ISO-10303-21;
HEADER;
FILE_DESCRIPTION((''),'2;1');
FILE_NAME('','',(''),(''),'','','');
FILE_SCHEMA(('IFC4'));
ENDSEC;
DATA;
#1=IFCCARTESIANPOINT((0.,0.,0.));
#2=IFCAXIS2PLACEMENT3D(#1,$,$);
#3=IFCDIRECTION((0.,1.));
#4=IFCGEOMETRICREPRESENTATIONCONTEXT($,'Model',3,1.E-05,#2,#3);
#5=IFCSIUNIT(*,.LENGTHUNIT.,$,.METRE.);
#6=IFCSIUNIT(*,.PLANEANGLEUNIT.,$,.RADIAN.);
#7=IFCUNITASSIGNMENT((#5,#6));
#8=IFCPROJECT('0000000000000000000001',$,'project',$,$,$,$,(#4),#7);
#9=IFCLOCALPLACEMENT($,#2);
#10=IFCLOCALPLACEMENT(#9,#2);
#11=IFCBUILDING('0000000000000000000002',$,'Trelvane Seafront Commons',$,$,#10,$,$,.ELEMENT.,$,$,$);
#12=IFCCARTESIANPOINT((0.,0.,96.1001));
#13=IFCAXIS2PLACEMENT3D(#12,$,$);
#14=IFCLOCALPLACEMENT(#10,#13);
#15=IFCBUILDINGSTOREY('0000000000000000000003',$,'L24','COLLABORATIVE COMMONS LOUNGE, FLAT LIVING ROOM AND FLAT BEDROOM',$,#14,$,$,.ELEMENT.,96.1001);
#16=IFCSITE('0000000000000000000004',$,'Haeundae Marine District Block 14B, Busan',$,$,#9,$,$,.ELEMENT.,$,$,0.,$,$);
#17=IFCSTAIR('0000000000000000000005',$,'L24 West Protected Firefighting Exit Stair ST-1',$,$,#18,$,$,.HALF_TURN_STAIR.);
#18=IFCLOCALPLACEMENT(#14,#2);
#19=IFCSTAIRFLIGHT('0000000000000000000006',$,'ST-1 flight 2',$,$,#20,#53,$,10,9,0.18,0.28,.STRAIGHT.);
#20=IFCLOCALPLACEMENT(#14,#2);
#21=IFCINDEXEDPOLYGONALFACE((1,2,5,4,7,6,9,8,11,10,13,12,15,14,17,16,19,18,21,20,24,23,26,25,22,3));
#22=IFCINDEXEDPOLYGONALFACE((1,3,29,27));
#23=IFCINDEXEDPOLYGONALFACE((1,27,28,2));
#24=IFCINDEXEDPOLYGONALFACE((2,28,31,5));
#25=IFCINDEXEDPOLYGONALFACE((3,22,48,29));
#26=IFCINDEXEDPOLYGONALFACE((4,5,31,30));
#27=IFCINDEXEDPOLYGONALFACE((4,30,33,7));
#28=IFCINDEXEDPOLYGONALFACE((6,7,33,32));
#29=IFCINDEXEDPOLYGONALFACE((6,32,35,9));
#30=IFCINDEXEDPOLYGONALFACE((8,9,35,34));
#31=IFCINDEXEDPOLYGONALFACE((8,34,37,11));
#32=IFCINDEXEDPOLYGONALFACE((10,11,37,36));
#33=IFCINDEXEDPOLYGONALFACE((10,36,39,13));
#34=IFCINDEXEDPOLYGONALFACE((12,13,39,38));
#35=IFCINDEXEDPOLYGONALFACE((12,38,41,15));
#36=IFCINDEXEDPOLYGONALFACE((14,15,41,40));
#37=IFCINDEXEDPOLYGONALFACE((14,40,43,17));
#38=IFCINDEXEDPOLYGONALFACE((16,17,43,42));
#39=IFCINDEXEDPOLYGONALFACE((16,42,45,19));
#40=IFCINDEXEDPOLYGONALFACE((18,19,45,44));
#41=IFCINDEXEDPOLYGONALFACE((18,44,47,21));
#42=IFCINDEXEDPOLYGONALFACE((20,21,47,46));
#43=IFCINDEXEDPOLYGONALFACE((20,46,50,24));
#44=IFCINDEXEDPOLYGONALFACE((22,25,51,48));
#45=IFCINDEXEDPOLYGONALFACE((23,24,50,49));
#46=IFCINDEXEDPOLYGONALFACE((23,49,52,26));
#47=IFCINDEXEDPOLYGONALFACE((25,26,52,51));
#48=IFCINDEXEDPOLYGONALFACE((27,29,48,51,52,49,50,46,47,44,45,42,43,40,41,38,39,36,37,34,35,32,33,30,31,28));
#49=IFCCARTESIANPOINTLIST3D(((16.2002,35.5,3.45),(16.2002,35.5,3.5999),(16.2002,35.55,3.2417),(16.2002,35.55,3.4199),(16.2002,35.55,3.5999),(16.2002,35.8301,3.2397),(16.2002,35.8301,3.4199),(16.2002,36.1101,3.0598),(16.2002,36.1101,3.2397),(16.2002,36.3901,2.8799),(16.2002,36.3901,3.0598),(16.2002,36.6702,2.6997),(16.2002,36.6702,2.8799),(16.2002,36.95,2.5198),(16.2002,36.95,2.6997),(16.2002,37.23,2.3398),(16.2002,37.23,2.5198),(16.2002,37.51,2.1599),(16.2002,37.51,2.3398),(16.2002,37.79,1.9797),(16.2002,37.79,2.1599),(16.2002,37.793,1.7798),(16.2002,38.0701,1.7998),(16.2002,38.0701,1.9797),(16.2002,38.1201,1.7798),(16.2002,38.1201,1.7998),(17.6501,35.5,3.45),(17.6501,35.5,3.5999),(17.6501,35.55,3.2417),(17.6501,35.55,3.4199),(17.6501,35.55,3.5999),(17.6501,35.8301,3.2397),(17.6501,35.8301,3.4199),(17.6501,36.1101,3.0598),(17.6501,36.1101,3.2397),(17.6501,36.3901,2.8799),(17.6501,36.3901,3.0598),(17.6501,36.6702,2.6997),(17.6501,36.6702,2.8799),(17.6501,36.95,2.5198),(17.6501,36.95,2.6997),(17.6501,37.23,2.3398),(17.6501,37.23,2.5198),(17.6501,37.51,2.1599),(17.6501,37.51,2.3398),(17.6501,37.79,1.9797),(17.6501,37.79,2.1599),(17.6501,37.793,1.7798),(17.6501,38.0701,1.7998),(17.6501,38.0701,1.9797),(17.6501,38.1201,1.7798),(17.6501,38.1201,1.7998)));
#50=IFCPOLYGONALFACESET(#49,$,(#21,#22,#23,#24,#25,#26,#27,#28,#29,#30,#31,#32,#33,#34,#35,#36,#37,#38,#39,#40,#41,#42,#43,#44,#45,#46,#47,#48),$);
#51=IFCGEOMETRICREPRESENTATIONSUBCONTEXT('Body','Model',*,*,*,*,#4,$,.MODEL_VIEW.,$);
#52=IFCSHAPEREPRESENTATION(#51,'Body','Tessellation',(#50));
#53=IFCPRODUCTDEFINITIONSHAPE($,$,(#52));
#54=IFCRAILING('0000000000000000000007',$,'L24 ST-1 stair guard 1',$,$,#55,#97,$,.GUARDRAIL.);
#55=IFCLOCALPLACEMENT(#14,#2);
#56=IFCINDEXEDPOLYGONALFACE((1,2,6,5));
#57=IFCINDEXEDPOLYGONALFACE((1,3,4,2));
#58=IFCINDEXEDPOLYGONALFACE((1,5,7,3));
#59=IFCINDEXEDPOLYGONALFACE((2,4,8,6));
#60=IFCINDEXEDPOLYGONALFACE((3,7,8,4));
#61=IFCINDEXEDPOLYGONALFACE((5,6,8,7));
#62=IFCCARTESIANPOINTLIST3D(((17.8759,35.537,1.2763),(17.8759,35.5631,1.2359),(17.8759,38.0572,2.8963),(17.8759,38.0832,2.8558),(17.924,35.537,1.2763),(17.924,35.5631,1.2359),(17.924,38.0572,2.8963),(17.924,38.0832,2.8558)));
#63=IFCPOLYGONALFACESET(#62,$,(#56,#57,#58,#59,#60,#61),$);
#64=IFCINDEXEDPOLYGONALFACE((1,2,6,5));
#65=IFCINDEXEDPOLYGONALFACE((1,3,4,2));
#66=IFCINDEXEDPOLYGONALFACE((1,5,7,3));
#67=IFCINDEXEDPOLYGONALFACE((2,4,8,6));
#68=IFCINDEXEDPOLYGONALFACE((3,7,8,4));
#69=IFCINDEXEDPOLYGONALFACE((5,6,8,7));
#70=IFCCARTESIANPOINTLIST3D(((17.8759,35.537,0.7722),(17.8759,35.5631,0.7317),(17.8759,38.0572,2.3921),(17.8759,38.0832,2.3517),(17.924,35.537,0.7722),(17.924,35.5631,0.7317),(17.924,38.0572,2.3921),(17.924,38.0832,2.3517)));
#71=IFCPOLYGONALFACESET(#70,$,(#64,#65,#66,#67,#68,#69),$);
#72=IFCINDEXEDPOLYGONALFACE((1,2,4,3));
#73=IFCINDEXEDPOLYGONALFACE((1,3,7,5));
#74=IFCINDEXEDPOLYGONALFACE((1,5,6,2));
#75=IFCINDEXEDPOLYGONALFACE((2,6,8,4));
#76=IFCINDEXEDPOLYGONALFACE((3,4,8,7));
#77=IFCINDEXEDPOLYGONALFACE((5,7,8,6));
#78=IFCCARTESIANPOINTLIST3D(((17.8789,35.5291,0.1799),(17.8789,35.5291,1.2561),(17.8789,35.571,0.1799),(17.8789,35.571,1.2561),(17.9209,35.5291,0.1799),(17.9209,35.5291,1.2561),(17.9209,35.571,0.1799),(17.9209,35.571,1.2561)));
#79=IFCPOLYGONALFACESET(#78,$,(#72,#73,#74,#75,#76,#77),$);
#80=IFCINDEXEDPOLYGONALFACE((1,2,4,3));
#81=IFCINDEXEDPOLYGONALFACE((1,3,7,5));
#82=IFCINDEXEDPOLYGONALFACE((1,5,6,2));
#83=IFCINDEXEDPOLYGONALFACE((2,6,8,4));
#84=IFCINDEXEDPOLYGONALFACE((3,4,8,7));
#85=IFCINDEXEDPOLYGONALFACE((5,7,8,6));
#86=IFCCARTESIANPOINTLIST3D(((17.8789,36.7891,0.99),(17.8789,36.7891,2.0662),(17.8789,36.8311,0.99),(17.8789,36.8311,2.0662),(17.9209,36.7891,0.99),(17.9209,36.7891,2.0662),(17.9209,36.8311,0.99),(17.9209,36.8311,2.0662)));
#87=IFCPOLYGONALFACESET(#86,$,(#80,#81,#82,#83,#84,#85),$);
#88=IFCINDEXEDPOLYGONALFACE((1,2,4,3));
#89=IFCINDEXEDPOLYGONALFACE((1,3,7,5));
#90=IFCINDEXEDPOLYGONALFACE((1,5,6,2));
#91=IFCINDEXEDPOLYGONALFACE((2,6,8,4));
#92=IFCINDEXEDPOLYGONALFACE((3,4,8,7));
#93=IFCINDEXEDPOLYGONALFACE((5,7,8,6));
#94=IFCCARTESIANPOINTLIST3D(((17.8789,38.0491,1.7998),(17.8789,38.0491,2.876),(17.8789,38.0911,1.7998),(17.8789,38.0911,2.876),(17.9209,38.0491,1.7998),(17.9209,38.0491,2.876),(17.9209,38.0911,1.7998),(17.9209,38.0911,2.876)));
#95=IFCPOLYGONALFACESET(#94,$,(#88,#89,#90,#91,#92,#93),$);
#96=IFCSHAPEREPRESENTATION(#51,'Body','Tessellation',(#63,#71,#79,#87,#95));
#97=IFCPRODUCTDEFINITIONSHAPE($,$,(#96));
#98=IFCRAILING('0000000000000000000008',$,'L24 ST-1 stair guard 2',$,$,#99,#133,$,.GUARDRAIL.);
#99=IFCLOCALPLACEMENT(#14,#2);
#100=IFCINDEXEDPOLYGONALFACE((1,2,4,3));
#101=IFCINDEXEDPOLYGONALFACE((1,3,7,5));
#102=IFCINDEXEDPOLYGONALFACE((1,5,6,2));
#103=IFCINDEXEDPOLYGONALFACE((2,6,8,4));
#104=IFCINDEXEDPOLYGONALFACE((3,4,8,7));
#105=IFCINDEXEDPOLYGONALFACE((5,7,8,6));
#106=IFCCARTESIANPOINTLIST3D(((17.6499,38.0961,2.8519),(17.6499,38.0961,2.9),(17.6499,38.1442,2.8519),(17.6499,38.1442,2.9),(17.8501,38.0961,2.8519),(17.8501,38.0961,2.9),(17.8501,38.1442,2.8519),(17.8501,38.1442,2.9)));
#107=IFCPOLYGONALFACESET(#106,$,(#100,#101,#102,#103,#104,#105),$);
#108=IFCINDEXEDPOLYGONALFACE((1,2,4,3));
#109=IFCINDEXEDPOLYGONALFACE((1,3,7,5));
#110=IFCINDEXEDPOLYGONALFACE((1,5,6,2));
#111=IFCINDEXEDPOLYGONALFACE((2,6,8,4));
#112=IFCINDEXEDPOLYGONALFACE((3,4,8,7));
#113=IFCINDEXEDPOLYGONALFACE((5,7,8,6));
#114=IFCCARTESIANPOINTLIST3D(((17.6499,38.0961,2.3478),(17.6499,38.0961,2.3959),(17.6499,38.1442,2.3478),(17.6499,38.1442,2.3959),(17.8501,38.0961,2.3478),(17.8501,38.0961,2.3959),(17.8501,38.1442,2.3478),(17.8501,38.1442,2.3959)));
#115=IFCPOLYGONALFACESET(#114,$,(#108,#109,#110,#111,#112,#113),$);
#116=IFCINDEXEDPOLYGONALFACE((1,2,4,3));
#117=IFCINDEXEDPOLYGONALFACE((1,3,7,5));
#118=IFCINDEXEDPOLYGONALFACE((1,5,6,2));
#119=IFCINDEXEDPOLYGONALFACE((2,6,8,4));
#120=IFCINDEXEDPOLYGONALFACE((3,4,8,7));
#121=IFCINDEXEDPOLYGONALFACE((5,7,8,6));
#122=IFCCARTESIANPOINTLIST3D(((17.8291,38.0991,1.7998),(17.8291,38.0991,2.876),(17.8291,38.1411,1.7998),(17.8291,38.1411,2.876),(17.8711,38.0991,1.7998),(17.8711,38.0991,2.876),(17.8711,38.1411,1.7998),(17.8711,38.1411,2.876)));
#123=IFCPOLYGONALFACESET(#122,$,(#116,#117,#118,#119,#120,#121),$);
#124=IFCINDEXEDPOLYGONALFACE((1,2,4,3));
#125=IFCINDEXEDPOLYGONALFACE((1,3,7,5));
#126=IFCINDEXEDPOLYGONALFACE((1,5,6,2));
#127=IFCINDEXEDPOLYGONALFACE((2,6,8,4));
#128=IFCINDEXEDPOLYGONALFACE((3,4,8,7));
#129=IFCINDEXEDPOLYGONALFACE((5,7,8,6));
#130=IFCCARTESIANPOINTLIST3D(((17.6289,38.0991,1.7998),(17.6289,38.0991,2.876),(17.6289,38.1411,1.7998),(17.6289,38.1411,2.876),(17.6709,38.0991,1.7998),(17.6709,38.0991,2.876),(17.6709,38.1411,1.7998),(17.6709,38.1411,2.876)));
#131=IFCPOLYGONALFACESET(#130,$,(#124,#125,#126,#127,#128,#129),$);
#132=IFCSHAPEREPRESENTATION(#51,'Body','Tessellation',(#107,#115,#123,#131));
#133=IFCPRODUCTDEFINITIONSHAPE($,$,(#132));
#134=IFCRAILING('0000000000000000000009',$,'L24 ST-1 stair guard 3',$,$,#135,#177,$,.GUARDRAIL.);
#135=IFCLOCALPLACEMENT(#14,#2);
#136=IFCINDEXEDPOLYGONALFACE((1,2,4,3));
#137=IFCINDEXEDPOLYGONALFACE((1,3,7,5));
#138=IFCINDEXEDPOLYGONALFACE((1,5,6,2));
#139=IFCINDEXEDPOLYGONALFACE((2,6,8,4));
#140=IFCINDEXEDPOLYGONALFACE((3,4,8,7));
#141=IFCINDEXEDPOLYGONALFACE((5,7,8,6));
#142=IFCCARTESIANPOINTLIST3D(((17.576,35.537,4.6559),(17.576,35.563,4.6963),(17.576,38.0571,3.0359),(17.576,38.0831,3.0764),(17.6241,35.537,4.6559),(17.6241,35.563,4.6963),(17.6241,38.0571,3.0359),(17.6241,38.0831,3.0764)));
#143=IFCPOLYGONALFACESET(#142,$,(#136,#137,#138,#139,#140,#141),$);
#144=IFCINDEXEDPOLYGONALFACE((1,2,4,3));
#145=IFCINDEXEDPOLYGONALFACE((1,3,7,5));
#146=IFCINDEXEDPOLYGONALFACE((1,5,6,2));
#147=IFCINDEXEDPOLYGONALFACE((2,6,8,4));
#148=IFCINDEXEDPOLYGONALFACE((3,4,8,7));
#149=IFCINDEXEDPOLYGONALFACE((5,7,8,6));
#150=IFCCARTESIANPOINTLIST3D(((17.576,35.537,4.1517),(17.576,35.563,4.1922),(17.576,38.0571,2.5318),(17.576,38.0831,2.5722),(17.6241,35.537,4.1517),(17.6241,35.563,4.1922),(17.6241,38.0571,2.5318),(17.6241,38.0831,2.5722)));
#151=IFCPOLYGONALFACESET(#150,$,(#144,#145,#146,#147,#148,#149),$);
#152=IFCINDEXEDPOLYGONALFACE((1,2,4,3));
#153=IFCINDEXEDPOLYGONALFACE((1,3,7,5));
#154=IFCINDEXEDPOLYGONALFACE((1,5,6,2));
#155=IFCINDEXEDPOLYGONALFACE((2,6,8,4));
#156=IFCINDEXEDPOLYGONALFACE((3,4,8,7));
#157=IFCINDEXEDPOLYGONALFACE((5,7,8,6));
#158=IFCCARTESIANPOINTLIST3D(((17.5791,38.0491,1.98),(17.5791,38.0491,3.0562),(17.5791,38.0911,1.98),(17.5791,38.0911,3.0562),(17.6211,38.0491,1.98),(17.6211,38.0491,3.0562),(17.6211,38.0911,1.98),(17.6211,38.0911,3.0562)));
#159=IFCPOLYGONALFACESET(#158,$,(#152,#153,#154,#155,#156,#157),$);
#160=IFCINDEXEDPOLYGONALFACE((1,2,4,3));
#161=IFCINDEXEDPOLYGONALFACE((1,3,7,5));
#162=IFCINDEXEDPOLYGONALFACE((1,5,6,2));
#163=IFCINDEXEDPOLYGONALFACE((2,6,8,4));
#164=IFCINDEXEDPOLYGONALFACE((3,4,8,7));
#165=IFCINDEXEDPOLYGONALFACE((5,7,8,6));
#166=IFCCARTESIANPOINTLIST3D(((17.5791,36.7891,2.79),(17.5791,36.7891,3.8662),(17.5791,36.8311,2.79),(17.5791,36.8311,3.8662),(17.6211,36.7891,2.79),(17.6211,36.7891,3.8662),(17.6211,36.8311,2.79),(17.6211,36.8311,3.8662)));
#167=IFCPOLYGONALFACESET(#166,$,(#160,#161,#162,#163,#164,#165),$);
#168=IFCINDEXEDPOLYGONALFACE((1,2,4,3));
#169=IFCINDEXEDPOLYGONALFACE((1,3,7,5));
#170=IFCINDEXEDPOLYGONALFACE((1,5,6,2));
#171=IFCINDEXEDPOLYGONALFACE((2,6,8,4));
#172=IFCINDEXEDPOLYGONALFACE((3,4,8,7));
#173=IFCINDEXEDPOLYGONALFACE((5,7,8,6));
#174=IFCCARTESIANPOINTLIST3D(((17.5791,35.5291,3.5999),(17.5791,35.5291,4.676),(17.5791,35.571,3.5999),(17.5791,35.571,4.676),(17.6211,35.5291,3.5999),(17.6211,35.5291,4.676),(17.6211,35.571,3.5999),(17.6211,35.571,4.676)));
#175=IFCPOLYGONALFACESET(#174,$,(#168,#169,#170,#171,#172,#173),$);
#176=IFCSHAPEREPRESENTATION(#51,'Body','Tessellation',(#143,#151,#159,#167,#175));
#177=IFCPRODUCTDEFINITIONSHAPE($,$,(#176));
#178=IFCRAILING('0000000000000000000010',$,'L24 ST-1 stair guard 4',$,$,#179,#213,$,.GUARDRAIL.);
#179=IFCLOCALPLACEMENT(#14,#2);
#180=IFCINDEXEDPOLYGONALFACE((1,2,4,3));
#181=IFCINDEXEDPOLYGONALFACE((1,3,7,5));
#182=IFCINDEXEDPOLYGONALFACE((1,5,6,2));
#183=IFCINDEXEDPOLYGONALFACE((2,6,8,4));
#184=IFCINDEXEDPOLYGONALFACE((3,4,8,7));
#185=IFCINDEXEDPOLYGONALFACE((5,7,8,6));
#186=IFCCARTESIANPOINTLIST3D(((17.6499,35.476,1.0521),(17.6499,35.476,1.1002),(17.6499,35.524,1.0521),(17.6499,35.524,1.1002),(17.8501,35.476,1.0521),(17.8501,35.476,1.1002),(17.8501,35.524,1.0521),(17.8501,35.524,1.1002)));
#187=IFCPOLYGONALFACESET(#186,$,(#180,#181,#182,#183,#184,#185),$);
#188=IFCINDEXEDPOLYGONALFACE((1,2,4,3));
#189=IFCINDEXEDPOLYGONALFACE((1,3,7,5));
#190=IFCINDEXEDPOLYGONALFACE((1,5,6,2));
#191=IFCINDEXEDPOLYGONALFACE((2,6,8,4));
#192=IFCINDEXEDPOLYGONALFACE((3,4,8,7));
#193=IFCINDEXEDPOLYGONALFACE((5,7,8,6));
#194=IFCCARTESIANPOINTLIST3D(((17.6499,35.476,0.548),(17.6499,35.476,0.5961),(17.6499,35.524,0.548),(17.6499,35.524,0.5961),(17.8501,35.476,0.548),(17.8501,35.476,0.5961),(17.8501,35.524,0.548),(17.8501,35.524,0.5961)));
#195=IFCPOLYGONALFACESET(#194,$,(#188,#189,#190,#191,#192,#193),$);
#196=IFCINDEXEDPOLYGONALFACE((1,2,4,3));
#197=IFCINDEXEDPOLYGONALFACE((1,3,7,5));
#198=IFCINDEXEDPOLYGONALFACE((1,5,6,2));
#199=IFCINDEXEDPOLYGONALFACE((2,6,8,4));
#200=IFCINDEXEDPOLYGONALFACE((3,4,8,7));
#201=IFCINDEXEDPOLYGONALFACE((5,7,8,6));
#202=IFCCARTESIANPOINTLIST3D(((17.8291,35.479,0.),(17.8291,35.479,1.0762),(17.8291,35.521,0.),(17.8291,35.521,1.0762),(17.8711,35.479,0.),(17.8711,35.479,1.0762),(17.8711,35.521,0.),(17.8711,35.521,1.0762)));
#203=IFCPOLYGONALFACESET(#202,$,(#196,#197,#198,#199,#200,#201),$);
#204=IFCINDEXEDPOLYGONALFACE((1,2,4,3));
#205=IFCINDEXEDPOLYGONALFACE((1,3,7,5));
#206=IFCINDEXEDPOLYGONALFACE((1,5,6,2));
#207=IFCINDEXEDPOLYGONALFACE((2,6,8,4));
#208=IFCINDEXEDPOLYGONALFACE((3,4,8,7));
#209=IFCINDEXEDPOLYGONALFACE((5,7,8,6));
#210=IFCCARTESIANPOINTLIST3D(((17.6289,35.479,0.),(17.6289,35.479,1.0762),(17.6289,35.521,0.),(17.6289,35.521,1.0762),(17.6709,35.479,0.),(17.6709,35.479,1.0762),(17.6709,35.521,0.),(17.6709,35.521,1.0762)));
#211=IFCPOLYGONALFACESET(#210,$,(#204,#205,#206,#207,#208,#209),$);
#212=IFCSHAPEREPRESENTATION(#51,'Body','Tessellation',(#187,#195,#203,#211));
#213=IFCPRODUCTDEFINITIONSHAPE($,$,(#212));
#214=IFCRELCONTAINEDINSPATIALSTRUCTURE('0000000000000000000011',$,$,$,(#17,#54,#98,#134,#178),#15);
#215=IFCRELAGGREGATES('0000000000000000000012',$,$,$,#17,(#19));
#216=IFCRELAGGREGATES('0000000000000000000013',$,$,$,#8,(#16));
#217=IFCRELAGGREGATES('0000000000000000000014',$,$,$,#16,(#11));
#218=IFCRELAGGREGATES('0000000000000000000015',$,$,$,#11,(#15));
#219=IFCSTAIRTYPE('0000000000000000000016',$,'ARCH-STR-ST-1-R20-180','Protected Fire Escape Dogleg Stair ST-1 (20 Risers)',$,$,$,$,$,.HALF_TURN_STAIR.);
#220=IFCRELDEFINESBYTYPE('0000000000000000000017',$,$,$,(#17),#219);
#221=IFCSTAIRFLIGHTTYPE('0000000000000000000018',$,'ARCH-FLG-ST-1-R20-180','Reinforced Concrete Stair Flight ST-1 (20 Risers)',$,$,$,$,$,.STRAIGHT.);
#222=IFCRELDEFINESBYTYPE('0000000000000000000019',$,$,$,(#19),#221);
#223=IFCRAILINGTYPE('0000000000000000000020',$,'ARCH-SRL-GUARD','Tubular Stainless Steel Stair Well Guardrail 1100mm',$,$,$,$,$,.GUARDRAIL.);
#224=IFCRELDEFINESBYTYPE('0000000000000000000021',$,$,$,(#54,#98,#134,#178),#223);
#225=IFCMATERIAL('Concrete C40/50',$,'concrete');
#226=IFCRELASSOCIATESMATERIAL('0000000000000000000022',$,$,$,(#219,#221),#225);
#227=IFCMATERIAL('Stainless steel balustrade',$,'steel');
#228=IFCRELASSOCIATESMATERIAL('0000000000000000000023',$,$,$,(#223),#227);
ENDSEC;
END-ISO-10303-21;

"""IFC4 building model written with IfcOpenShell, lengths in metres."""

from ifc_helpers import new_model, si_unit, direction, frame, origin, origin_2d, place, context, subcontext, project, spatial, polyline, rectangle, outline, extrude, source, transform, mapped, material, type_object, element, aggregate, save


model = new_model("IFC4")

# Units and contexts
model_context = context("Model", 3, precision=1e-05, world=origin(), true_north=direction((0.0, 1.0)))
body_context = subcontext(model_context, "Body", "Model", "MODEL_VIEW")
ifc_project = project(units=[si_unit("LENGTHUNIT", "METRE"), si_unit("PLANEANGLEUNIT", "RADIAN")], contexts=[model_context])

# Site, building, storey
site_placement = place(None, origin())
site = spatial("IfcSite", under=ifc_project, at=site_placement, Name="Haeundae Marine District Block 14B, Busan", CompositionType="ELEMENT", RefElevation=0.0)
building_placement = place(site_placement, origin())
building = spatial("IfcBuilding", under=site, at=building_placement, Name="Trelvane Seafront Commons", CompositionType="ELEMENT")
storey_placement = place(building_placement, frame((0.0, 0.0, 96.1001)))
storey = spatial("IfcBuildingStorey", under=building, at=storey_placement, Name="L24", Description="COLLABORATIVE COMMONS LOUNGE, FLAT LIVING ROOM AND FLAT BEDROOM", CompositionType="ELEMENT", Elevation=96.1001)

# Shared definitions
ifc_material_1 = material(Name="Concrete C40/50", Category="concrete")

# Shared definitions
ifc_material_2 = material(Name="Stainless steel balustrade", Category="steel")

# Stair, stair flight
stair_type = type_object("IfcStairType", Name="ARCH-STR-ST-1-R20-180", Description="Protected Fire Escape Dogleg Stair ST-1 (20 Risers)", PredefinedType="HALF_TURN_STAIR", material=ifc_material_1)
stair_placement = place(storey_placement, origin())
stair = element("IfcStair", 1, at=stair_placement, inside=storey, type_object=stair_type, Name="L24 West Protected Firefighting Exit Stair ST-1", PredefinedType="HALF_TURN_STAIR")
stair_flight_type = type_object("IfcStairFlightType", Name="ARCH-FLG-ST-1-R20-180", Description="Reinforced Concrete Stair Flight ST-1 (20 Risers)", PredefinedType="STRAIGHT", material=ifc_material_1)
shared_shape_1 = source(origin(), body_context, "Body", "SweptSolid", [
    extrude(outline(polyline([(-0.05, -0.02), (-0.05, 0.0), (0.0, 0.0), (0.0, 0.1799), (0.28, 0.1799), (0.28, 0.3601), (0.5601, 0.3601), (0.5601, 0.54), (0.8401, 0.54), (0.8401, 0.72), (1.1201, 0.72), (1.1201, 0.8999), (1.3999, 0.8999), (1.3999, 1.0801), (1.6799, 1.0801), (1.6799, 1.26), (1.96, 1.26), (1.96, 1.4399), (2.24, 1.4399), (2.24, 1.6201), (2.52, 1.6201), (2.52, 1.8), (2.5701, 1.8), (2.5701, 1.6501), (2.52, 1.4419), (0.2771, -0.02), (-0.05, -0.02)])), frame((0.0, 0.7251, 0.0), z_axis=(0.0, -1.0, 0.0), x_axis=(1.0, 0.0, 0.0)), (0.0, 0.0, 1.0), 1.45),
])
stair_flight_1_placement = place(storey_placement, frame((16.925, 38.0701, 1.7998), z_axis=(0.0, 0.0, 1.0), x_axis=(0.0, -1.0, 0.0)))
stair_flight_1 = element("IfcStairFlight", 2, at=stair_flight_1_placement, type_object=stair_flight_type, Name="ST-1 flight 2", NumberOfRisers=10, NumberOfTreads=9, PredefinedType="STRAIGHT", RiserHeight=0.18, TreadLength=0.28, context=body_context, shape_type="MappedRepresentation", body=[
    mapped(shared_shape_1, transform((0.0, 0.0, 0.0), x_axis=(1.0, 0.0, 0.0), y_axis=(0.0, 1.0, 0.0), z_axis=(0.0, 0.0, 1.0), scale=1.0)),
])
aggregate(stair, [stair_flight_1])

# Railings
railing_type_1 = type_object("IfcRailingType", Name="ARCH-SRL-GUARD", Description="Tubular Stainless Steel Stair Well Guardrail 1100mm", PredefinedType="GUARDRAIL", material=ifc_material_2)
railing_1_placement = place(storey_placement, frame((17.8999, 35.55, 0.1799)))
element("IfcRailing", 3, at=railing_1_placement, inside=storey, type_object=railing_type_1, Name="L24 ST-1 stair guard 1", PredefinedType="GUARDRAIL", context=body_context, shape_type="SweptSolid", body=[
    extrude(rectangle(XDim=0.0481, YDim=0.0481, at=origin_2d()), frame((0.0, 0.0, 1.0762), z_axis=(0.0, 0.8412, 0.540725), x_axis=(-1.0, 0.0, 0.0)), (0.0, 0.0, 1.0), 2.9958),
    extrude(rectangle(XDim=0.0481, YDim=0.0481, at=origin_2d()), frame((0.0, 0.0, 0.572), z_axis=(0.0, 0.8412, 0.540725), x_axis=(-1.0, 0.0, 0.0)), (0.0, 0.0, 1.0), 2.9958),
    extrude(rectangle(XDim=0.042, YDim=0.042, at=origin_2d()), origin(), (0.0, 0.0, 1.0), 1.0762),
    extrude(rectangle(XDim=0.042, YDim=0.042, at=origin_2d()), frame((0.0, 1.26, 0.8101)), (0.0, 0.0, 1.0), 1.0762),
    extrude(rectangle(XDim=0.042, YDim=0.042, at=origin_2d()), frame((0.0, 2.52, 1.6199)), (0.0, 0.0, 1.0), 1.0762),
])
railing_2_placement = place(storey_placement, frame((17.8501, 38.1201, 1.7998)))
element("IfcRailing", 4, at=railing_2_placement, inside=storey, type_object=railing_type_1, Name="L24 ST-1 stair guard 2", PredefinedType="GUARDRAIL", context=body_context, shape_type="SweptSolid", body=[
    extrude(rectangle(XDim=0.0481, YDim=0.0481, at=origin_2d()), frame((0.0, 0.0, 1.0762), z_axis=(-1.0, 0.0, 0.0), x_axis=(0.0, -1.0, 0.0)), (0.0, 0.0, 1.0), 0.2002),
    extrude(rectangle(XDim=0.0481, YDim=0.0481, at=origin_2d()), frame((0.0, 0.0, 0.572), z_axis=(-1.0, 0.0, 0.0), x_axis=(0.0, -1.0, 0.0)), (0.0, 0.0, 1.0), 0.2002),
    extrude(rectangle(XDim=0.042, YDim=0.042, at=origin_2d()), origin(), (0.0, 0.0, 1.0), 1.0762),
    extrude(rectangle(XDim=0.042, YDim=0.042, at=origin_2d()), frame((-0.2002, 0.0, 0.0)), (0.0, 0.0, 1.0), 1.0762),
])
railing_3_placement = place(storey_placement, frame((17.6001, 38.0701, 1.98)))
element("IfcRailing", 5, at=railing_3_placement, inside=storey, type_object=railing_type_1, Name="L24 ST-1 stair guard 3", PredefinedType="GUARDRAIL", context=body_context, shape_type="SweptSolid", body=[
    extrude(rectangle(XDim=0.0481, YDim=0.0481, at=origin_2d()), frame((0.0, 0.0, 1.0762), z_axis=(0.0, -0.8412, 0.540725), x_axis=(1.0, 0.0, 0.0)), (0.0, 0.0, 1.0), 2.9958),
    extrude(rectangle(XDim=0.0481, YDim=0.0481, at=origin_2d()), frame((0.0, 0.0, 0.572), z_axis=(0.0, -0.8412, 0.540725), x_axis=(1.0, 0.0, 0.0)), (0.0, 0.0, 1.0), 2.9958),
    extrude(rectangle(XDim=0.042, YDim=0.042, at=origin_2d()), origin(), (0.0, 0.0, 1.0), 1.0762),
    extrude(rectangle(XDim=0.042, YDim=0.042, at=origin_2d()), frame((0.0, -1.26, 0.8101)), (0.0, 0.0, 1.0), 1.0762),
    extrude(rectangle(XDim=0.042, YDim=0.042, at=origin_2d()), frame((0.0, -2.52, 1.6199)), (0.0, 0.0, 1.0), 1.0762),
])
railing_4_placement = place(storey_placement, frame((17.8501, 35.5, 0.0)))
element("IfcRailing", 6, at=railing_4_placement, inside=storey, type_object=railing_type_1, Name="L24 ST-1 stair guard 4", PredefinedType="GUARDRAIL", context=body_context, shape_type="SweptSolid", body=[
    extrude(rectangle(XDim=0.0481, YDim=0.0481, at=origin_2d()), frame((0.0, 0.0, 1.0762), z_axis=(-1.0, 0.0, 0.0), x_axis=(0.0, -1.0, 0.0)), (0.0, 0.0, 1.0), 0.2002),
    extrude(rectangle(XDim=0.0481, YDim=0.0481, at=origin_2d()), frame((0.0, 0.0, 0.572), z_axis=(-1.0, 0.0, 0.0), x_axis=(0.0, -1.0, 0.0)), (0.0, 0.0, 1.0), 0.2002),
    extrude(rectangle(XDim=0.042, YDim=0.042, at=origin_2d()), origin(), (0.0, 0.0, 1.0), 1.0762),
    extrude(rectangle(XDim=0.042, YDim=0.042, at=origin_2d()), frame((-0.2002, 0.0, 0.0)), (0.0, 0.0, 1.0), 1.0762),
])

save(model, "model.ifc")
